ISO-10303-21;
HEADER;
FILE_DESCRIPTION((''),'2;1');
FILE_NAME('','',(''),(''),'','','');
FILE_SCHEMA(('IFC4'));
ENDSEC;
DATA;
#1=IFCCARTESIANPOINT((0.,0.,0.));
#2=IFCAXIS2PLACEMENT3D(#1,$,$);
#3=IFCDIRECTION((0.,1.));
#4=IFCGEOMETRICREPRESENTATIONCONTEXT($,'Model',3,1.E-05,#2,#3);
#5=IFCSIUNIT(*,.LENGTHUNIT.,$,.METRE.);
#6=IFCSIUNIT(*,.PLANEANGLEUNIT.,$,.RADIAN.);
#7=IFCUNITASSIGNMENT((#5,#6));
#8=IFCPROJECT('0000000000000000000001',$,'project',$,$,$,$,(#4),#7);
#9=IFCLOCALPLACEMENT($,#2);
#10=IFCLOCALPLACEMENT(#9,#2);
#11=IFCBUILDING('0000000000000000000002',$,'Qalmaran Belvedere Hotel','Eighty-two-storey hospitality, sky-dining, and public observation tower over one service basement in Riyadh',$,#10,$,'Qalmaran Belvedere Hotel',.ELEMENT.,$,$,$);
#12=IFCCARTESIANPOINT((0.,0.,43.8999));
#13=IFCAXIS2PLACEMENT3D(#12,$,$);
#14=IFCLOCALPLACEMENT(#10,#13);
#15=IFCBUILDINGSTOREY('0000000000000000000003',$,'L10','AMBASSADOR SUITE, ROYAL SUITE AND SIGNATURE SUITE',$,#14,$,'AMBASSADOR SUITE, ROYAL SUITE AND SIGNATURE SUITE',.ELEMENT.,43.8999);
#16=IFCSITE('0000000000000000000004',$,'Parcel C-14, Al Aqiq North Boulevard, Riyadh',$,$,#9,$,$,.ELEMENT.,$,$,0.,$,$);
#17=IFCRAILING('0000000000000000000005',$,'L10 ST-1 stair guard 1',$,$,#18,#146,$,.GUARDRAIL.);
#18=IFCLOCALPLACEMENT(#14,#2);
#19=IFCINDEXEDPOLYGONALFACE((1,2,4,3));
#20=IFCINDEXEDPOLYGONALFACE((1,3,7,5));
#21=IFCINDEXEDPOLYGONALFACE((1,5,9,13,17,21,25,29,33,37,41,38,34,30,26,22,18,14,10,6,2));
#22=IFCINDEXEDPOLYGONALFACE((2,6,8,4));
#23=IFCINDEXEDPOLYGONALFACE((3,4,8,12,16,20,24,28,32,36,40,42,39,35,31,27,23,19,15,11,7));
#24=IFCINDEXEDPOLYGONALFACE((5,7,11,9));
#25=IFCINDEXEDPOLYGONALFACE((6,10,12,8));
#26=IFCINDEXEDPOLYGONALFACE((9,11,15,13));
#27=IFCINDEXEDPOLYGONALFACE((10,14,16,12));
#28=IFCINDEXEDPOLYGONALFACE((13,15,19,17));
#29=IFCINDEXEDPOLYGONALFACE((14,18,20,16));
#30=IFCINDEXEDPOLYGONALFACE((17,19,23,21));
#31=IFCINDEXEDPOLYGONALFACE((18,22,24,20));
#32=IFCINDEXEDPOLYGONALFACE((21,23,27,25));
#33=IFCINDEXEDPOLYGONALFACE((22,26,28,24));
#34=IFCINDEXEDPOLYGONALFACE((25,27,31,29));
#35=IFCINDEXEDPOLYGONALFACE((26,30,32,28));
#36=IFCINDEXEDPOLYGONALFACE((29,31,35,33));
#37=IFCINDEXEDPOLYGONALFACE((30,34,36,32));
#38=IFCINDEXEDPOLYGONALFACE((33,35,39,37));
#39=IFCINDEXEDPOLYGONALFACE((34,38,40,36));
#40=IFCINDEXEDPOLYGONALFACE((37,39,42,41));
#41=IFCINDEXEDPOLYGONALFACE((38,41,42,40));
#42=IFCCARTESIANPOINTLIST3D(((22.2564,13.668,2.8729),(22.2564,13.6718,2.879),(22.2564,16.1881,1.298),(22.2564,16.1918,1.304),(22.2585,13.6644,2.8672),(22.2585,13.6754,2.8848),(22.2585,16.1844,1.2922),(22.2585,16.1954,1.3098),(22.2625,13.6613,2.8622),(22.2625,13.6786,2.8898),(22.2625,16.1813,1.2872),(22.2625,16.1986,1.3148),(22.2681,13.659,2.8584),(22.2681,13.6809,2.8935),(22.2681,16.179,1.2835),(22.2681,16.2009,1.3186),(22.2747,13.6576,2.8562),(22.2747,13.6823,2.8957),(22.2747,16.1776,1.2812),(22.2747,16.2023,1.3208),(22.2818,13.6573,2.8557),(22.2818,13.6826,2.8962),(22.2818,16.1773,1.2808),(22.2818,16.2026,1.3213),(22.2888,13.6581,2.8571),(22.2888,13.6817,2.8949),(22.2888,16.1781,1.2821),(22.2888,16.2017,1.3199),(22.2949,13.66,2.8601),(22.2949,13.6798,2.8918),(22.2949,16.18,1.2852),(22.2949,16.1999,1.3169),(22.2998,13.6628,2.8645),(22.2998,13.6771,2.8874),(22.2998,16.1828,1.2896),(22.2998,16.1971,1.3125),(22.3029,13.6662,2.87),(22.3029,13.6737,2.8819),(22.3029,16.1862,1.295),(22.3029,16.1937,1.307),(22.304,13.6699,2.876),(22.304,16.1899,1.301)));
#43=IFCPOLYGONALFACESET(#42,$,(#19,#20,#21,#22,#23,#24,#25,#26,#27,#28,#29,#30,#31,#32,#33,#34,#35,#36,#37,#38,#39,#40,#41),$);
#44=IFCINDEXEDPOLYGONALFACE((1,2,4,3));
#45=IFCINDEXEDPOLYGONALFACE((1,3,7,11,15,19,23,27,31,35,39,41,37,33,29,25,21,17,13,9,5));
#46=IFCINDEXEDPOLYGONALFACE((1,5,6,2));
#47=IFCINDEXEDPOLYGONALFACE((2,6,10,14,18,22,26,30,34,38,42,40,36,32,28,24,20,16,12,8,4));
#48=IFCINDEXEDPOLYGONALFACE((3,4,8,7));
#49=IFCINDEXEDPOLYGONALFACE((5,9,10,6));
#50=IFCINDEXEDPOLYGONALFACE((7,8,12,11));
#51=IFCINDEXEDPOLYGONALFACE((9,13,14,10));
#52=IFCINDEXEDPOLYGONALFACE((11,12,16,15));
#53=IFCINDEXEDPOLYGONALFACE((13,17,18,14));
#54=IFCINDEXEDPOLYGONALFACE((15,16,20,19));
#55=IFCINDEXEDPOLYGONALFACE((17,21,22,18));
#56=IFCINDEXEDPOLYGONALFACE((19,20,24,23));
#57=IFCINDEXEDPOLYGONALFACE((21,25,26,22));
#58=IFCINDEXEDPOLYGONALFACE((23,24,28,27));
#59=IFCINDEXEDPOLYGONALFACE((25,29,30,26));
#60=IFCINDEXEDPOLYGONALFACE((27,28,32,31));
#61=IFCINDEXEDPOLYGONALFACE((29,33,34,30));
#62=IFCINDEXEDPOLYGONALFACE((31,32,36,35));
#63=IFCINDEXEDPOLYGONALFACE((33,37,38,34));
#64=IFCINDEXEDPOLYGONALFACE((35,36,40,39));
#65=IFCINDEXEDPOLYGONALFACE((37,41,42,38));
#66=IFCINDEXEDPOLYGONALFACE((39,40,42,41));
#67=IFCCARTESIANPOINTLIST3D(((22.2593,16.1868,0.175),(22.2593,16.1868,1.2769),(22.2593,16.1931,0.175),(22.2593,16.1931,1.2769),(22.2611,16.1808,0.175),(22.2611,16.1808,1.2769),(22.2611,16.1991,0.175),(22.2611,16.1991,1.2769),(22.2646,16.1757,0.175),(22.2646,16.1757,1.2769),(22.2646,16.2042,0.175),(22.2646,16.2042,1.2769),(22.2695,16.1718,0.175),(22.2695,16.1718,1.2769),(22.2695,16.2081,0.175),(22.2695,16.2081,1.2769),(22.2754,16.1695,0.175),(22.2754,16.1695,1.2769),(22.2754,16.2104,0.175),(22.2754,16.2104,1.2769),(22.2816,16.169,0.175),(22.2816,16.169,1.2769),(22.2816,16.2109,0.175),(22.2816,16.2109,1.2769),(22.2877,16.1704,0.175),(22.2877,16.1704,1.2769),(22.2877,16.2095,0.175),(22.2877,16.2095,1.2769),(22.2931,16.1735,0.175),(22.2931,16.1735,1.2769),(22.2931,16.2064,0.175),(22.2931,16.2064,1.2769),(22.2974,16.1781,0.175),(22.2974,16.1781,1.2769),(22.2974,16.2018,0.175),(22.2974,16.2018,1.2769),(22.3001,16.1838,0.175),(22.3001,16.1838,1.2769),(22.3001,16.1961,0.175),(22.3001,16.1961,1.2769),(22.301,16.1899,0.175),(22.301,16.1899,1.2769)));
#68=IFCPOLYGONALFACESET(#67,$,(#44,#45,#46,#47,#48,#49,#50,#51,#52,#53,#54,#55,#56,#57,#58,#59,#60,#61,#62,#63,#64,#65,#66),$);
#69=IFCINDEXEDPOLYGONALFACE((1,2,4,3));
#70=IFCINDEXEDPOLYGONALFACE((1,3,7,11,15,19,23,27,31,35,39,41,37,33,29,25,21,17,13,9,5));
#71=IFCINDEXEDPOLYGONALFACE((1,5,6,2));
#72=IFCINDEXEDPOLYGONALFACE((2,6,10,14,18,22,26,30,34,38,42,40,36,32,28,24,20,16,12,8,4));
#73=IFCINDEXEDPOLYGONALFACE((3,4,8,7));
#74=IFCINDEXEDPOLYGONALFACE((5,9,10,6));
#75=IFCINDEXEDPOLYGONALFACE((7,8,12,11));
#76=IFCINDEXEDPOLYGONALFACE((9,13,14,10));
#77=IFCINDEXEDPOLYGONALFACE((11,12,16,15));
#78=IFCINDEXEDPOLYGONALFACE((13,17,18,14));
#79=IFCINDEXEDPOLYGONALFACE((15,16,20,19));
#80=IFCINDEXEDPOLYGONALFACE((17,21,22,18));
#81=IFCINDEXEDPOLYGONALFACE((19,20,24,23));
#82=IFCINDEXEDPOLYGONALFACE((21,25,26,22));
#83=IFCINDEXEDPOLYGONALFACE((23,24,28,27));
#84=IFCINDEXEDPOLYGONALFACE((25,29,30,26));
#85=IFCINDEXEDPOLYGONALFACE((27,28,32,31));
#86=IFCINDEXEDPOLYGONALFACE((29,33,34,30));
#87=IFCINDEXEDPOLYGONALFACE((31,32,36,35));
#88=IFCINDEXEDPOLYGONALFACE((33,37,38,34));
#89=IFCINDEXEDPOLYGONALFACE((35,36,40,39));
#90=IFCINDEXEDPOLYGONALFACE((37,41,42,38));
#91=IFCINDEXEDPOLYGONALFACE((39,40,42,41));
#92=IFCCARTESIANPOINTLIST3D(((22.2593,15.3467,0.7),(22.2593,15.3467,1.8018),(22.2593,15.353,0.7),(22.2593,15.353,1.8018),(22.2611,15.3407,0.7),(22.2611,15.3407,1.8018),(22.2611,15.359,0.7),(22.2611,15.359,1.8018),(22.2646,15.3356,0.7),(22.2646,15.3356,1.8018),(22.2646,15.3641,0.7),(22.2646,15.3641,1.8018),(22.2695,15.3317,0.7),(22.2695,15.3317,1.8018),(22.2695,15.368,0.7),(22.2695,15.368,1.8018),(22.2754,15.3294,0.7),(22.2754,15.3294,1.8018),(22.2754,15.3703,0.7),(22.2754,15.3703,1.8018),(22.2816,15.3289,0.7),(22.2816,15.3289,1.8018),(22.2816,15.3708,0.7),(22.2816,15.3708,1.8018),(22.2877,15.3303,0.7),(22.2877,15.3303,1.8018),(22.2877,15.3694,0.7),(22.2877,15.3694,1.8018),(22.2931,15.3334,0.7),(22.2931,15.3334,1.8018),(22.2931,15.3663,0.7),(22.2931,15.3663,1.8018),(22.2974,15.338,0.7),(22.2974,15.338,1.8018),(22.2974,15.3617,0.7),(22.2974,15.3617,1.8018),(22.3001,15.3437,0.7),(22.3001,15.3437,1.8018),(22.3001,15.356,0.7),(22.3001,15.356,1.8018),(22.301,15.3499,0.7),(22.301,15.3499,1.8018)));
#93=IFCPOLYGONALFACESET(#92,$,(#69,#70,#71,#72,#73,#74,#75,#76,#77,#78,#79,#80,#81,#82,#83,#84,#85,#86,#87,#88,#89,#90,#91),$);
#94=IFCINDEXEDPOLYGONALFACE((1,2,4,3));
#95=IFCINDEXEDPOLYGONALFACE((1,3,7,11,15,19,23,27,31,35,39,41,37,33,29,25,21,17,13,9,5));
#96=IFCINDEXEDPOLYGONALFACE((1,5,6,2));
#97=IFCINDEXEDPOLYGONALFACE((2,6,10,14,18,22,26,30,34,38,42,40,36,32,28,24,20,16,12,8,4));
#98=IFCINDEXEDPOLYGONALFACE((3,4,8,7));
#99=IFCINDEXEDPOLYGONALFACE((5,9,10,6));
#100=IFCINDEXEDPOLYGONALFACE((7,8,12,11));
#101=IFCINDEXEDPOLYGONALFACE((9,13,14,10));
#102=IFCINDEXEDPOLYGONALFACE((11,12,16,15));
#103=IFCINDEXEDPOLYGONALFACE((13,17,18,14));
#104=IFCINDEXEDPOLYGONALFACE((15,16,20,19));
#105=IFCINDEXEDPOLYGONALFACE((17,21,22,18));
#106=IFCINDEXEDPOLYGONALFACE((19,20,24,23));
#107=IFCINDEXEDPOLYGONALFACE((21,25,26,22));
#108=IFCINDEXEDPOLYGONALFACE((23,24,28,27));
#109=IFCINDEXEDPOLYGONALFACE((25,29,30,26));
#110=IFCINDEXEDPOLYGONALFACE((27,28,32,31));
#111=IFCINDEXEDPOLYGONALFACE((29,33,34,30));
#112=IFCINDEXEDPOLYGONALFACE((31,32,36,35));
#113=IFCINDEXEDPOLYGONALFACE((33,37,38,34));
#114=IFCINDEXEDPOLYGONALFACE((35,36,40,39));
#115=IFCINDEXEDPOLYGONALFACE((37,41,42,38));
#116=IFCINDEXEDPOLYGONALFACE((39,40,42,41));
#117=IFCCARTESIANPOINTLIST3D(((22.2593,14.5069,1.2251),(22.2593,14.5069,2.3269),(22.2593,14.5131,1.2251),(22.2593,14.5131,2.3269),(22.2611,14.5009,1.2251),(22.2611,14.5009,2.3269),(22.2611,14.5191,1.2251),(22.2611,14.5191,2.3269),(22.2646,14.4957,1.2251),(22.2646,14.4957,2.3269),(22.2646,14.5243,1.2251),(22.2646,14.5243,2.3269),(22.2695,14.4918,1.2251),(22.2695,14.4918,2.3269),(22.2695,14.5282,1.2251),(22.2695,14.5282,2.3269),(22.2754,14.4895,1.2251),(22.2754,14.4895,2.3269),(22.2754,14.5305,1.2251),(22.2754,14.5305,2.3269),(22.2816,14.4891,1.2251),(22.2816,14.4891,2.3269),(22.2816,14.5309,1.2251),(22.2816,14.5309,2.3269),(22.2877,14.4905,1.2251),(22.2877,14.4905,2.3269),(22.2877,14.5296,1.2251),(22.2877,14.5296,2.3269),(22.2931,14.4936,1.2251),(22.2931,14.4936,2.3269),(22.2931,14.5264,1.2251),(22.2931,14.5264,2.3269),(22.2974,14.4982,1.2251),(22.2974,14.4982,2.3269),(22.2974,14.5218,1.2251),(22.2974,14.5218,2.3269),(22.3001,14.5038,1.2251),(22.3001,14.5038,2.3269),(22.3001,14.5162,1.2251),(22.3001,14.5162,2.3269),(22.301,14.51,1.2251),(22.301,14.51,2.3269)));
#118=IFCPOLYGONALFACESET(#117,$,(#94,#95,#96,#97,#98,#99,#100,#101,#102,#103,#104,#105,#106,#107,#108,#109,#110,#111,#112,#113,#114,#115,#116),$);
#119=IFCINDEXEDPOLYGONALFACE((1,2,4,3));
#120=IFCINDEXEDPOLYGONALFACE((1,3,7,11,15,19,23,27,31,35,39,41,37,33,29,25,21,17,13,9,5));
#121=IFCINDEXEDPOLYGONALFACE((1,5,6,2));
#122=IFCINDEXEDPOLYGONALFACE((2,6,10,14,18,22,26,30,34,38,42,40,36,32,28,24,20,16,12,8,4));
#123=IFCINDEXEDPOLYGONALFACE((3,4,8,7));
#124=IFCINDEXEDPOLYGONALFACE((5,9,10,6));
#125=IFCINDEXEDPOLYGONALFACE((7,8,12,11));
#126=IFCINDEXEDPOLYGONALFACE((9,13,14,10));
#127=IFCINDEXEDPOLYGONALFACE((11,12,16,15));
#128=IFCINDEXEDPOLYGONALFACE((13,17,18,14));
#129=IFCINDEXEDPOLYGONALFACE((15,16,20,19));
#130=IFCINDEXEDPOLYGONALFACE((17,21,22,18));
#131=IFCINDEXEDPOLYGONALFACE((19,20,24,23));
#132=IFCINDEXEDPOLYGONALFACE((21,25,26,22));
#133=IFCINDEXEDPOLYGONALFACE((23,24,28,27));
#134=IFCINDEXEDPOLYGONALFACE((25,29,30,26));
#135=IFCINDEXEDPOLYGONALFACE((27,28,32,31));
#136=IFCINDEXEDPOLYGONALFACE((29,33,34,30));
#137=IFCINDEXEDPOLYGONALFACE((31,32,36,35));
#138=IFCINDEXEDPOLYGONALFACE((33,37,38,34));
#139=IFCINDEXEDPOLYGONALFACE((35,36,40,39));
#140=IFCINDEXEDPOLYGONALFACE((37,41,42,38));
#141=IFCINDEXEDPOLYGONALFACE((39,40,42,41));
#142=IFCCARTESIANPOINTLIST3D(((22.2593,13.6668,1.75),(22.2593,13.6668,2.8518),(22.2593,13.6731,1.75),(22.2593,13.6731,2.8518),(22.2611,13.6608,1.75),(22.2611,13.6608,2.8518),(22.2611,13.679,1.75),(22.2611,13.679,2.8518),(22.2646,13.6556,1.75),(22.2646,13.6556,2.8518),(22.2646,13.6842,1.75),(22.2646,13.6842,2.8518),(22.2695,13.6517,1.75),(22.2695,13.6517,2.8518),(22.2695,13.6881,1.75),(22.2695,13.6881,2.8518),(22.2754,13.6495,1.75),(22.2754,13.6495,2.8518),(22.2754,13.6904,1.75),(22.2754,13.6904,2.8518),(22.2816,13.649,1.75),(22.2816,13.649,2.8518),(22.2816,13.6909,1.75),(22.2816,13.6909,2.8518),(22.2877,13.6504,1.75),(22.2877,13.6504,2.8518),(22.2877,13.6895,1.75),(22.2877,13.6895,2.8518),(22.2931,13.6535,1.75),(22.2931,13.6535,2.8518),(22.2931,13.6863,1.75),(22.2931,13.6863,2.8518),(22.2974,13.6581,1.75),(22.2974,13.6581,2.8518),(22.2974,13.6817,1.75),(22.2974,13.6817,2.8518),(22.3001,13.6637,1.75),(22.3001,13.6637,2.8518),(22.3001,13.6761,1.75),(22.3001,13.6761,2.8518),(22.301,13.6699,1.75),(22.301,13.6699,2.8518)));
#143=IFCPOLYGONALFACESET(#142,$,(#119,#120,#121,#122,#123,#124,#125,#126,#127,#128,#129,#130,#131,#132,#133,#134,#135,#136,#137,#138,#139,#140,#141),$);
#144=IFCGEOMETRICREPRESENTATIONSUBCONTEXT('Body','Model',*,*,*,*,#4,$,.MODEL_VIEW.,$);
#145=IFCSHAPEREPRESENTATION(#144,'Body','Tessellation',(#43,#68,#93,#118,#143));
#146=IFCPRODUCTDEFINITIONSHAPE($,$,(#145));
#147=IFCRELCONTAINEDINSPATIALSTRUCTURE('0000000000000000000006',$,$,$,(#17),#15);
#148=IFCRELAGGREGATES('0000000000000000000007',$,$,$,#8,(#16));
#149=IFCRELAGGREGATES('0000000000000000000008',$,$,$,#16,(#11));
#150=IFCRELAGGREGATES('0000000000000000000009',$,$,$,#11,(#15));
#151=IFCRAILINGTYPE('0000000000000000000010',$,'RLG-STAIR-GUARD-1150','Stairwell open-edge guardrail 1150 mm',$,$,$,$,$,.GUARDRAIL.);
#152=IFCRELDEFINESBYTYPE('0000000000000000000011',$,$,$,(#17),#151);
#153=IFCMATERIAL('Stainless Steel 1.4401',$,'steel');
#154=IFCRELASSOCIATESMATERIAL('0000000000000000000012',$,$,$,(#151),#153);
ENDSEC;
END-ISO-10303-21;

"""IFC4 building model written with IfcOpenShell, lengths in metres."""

from ifc_helpers import new_model, si_unit, direction, frame, origin, origin_2d, place, context, subcontext, project, spatial, circle, extrude, material, type_object, element, save


model = new_model("IFC4")

# Units and contexts
model_context = context("Model", 3, precision=1e-05, world=origin(), true_north=direction((0.0, 1.0)))
body_context = subcontext(model_context, "Body", "Model", "MODEL_VIEW")
ifc_project = project(units=[si_unit("LENGTHUNIT", "METRE"), si_unit("PLANEANGLEUNIT", "RADIAN")], contexts=[model_context])

# Site, building, storey
site_placement = place(None, origin())
site = spatial("IfcSite", under=ifc_project, at=site_placement, Name="Parcel C-14, Al Aqiq North Boulevard, Riyadh", CompositionType="ELEMENT", RefElevation=0.0)
building_placement = place(site_placement, origin())
building = spatial("IfcBuilding", under=site, at=building_placement, Name="Qalmaran Belvedere Hotel", Description="Eighty-two-storey hospitality, sky-dining, and public observation tower over one service basement in Riyadh", LongName="Qalmaran Belvedere Hotel", CompositionType="ELEMENT")
storey_placement = place(building_placement, frame((0.0, 0.0, 43.8999)))
storey = spatial("IfcBuildingStorey", under=building, at=storey_placement, Name="L10", Description="AMBASSADOR SUITE, ROYAL SUITE AND SIGNATURE SUITE", LongName="AMBASSADOR SUITE, ROYAL SUITE AND SIGNATURE SUITE", CompositionType="ELEMENT", Elevation=43.8999)

# Shared definitions
ifc_material_1 = material(Name="Stainless Steel 1.4401", Category="steel")

# Railing
railing_type_1 = type_object("IfcRailingType", Name="RLG-STAIR-GUARD-1150", Description="Stairwell open-edge guardrail 1150 mm", PredefinedType="GUARDRAIL", material=ifc_material_1)
railing_1_placement = place(storey_placement, frame((22.28, 16.1899, 0.175)))
element("IfcRailing", 1, at=railing_1_placement, inside=storey, type_object=railing_type_1, Name="L10 ST-1 stair guard 1", PredefinedType="GUARDRAIL", context=body_context, shape_type="SweptSolid", body=[
    extrude(circle(Radius=0.0239, at=origin_2d()), frame((0.0, 0.0, 1.126), z_axis=(0.0, -0.848008, 0.529984), x_axis=(1.0, 0.0, 0.0)), (0.0, 0.0, 1.0), 2.9717),
    extrude(circle(Radius=0.021, at=origin_2d()), origin(), (0.0, 0.0, 1.0), 1.1018),
    extrude(circle(Radius=0.021, at=origin_2d()), frame((0.0, -0.8401, 0.5249)), (0.0, 0.0, 1.0), 1.1018),
    extrude(circle(Radius=0.021, at=origin_2d()), frame((0.0, -1.6799, 1.05)), (0.0, 0.0, 1.0), 1.1018),
    extrude(circle(Radius=0.021, at=origin_2d()), frame((0.0, -2.52, 1.575)), (0.0, 0.0, 1.0), 1.1018),
])

save(model, "model.ifc")
